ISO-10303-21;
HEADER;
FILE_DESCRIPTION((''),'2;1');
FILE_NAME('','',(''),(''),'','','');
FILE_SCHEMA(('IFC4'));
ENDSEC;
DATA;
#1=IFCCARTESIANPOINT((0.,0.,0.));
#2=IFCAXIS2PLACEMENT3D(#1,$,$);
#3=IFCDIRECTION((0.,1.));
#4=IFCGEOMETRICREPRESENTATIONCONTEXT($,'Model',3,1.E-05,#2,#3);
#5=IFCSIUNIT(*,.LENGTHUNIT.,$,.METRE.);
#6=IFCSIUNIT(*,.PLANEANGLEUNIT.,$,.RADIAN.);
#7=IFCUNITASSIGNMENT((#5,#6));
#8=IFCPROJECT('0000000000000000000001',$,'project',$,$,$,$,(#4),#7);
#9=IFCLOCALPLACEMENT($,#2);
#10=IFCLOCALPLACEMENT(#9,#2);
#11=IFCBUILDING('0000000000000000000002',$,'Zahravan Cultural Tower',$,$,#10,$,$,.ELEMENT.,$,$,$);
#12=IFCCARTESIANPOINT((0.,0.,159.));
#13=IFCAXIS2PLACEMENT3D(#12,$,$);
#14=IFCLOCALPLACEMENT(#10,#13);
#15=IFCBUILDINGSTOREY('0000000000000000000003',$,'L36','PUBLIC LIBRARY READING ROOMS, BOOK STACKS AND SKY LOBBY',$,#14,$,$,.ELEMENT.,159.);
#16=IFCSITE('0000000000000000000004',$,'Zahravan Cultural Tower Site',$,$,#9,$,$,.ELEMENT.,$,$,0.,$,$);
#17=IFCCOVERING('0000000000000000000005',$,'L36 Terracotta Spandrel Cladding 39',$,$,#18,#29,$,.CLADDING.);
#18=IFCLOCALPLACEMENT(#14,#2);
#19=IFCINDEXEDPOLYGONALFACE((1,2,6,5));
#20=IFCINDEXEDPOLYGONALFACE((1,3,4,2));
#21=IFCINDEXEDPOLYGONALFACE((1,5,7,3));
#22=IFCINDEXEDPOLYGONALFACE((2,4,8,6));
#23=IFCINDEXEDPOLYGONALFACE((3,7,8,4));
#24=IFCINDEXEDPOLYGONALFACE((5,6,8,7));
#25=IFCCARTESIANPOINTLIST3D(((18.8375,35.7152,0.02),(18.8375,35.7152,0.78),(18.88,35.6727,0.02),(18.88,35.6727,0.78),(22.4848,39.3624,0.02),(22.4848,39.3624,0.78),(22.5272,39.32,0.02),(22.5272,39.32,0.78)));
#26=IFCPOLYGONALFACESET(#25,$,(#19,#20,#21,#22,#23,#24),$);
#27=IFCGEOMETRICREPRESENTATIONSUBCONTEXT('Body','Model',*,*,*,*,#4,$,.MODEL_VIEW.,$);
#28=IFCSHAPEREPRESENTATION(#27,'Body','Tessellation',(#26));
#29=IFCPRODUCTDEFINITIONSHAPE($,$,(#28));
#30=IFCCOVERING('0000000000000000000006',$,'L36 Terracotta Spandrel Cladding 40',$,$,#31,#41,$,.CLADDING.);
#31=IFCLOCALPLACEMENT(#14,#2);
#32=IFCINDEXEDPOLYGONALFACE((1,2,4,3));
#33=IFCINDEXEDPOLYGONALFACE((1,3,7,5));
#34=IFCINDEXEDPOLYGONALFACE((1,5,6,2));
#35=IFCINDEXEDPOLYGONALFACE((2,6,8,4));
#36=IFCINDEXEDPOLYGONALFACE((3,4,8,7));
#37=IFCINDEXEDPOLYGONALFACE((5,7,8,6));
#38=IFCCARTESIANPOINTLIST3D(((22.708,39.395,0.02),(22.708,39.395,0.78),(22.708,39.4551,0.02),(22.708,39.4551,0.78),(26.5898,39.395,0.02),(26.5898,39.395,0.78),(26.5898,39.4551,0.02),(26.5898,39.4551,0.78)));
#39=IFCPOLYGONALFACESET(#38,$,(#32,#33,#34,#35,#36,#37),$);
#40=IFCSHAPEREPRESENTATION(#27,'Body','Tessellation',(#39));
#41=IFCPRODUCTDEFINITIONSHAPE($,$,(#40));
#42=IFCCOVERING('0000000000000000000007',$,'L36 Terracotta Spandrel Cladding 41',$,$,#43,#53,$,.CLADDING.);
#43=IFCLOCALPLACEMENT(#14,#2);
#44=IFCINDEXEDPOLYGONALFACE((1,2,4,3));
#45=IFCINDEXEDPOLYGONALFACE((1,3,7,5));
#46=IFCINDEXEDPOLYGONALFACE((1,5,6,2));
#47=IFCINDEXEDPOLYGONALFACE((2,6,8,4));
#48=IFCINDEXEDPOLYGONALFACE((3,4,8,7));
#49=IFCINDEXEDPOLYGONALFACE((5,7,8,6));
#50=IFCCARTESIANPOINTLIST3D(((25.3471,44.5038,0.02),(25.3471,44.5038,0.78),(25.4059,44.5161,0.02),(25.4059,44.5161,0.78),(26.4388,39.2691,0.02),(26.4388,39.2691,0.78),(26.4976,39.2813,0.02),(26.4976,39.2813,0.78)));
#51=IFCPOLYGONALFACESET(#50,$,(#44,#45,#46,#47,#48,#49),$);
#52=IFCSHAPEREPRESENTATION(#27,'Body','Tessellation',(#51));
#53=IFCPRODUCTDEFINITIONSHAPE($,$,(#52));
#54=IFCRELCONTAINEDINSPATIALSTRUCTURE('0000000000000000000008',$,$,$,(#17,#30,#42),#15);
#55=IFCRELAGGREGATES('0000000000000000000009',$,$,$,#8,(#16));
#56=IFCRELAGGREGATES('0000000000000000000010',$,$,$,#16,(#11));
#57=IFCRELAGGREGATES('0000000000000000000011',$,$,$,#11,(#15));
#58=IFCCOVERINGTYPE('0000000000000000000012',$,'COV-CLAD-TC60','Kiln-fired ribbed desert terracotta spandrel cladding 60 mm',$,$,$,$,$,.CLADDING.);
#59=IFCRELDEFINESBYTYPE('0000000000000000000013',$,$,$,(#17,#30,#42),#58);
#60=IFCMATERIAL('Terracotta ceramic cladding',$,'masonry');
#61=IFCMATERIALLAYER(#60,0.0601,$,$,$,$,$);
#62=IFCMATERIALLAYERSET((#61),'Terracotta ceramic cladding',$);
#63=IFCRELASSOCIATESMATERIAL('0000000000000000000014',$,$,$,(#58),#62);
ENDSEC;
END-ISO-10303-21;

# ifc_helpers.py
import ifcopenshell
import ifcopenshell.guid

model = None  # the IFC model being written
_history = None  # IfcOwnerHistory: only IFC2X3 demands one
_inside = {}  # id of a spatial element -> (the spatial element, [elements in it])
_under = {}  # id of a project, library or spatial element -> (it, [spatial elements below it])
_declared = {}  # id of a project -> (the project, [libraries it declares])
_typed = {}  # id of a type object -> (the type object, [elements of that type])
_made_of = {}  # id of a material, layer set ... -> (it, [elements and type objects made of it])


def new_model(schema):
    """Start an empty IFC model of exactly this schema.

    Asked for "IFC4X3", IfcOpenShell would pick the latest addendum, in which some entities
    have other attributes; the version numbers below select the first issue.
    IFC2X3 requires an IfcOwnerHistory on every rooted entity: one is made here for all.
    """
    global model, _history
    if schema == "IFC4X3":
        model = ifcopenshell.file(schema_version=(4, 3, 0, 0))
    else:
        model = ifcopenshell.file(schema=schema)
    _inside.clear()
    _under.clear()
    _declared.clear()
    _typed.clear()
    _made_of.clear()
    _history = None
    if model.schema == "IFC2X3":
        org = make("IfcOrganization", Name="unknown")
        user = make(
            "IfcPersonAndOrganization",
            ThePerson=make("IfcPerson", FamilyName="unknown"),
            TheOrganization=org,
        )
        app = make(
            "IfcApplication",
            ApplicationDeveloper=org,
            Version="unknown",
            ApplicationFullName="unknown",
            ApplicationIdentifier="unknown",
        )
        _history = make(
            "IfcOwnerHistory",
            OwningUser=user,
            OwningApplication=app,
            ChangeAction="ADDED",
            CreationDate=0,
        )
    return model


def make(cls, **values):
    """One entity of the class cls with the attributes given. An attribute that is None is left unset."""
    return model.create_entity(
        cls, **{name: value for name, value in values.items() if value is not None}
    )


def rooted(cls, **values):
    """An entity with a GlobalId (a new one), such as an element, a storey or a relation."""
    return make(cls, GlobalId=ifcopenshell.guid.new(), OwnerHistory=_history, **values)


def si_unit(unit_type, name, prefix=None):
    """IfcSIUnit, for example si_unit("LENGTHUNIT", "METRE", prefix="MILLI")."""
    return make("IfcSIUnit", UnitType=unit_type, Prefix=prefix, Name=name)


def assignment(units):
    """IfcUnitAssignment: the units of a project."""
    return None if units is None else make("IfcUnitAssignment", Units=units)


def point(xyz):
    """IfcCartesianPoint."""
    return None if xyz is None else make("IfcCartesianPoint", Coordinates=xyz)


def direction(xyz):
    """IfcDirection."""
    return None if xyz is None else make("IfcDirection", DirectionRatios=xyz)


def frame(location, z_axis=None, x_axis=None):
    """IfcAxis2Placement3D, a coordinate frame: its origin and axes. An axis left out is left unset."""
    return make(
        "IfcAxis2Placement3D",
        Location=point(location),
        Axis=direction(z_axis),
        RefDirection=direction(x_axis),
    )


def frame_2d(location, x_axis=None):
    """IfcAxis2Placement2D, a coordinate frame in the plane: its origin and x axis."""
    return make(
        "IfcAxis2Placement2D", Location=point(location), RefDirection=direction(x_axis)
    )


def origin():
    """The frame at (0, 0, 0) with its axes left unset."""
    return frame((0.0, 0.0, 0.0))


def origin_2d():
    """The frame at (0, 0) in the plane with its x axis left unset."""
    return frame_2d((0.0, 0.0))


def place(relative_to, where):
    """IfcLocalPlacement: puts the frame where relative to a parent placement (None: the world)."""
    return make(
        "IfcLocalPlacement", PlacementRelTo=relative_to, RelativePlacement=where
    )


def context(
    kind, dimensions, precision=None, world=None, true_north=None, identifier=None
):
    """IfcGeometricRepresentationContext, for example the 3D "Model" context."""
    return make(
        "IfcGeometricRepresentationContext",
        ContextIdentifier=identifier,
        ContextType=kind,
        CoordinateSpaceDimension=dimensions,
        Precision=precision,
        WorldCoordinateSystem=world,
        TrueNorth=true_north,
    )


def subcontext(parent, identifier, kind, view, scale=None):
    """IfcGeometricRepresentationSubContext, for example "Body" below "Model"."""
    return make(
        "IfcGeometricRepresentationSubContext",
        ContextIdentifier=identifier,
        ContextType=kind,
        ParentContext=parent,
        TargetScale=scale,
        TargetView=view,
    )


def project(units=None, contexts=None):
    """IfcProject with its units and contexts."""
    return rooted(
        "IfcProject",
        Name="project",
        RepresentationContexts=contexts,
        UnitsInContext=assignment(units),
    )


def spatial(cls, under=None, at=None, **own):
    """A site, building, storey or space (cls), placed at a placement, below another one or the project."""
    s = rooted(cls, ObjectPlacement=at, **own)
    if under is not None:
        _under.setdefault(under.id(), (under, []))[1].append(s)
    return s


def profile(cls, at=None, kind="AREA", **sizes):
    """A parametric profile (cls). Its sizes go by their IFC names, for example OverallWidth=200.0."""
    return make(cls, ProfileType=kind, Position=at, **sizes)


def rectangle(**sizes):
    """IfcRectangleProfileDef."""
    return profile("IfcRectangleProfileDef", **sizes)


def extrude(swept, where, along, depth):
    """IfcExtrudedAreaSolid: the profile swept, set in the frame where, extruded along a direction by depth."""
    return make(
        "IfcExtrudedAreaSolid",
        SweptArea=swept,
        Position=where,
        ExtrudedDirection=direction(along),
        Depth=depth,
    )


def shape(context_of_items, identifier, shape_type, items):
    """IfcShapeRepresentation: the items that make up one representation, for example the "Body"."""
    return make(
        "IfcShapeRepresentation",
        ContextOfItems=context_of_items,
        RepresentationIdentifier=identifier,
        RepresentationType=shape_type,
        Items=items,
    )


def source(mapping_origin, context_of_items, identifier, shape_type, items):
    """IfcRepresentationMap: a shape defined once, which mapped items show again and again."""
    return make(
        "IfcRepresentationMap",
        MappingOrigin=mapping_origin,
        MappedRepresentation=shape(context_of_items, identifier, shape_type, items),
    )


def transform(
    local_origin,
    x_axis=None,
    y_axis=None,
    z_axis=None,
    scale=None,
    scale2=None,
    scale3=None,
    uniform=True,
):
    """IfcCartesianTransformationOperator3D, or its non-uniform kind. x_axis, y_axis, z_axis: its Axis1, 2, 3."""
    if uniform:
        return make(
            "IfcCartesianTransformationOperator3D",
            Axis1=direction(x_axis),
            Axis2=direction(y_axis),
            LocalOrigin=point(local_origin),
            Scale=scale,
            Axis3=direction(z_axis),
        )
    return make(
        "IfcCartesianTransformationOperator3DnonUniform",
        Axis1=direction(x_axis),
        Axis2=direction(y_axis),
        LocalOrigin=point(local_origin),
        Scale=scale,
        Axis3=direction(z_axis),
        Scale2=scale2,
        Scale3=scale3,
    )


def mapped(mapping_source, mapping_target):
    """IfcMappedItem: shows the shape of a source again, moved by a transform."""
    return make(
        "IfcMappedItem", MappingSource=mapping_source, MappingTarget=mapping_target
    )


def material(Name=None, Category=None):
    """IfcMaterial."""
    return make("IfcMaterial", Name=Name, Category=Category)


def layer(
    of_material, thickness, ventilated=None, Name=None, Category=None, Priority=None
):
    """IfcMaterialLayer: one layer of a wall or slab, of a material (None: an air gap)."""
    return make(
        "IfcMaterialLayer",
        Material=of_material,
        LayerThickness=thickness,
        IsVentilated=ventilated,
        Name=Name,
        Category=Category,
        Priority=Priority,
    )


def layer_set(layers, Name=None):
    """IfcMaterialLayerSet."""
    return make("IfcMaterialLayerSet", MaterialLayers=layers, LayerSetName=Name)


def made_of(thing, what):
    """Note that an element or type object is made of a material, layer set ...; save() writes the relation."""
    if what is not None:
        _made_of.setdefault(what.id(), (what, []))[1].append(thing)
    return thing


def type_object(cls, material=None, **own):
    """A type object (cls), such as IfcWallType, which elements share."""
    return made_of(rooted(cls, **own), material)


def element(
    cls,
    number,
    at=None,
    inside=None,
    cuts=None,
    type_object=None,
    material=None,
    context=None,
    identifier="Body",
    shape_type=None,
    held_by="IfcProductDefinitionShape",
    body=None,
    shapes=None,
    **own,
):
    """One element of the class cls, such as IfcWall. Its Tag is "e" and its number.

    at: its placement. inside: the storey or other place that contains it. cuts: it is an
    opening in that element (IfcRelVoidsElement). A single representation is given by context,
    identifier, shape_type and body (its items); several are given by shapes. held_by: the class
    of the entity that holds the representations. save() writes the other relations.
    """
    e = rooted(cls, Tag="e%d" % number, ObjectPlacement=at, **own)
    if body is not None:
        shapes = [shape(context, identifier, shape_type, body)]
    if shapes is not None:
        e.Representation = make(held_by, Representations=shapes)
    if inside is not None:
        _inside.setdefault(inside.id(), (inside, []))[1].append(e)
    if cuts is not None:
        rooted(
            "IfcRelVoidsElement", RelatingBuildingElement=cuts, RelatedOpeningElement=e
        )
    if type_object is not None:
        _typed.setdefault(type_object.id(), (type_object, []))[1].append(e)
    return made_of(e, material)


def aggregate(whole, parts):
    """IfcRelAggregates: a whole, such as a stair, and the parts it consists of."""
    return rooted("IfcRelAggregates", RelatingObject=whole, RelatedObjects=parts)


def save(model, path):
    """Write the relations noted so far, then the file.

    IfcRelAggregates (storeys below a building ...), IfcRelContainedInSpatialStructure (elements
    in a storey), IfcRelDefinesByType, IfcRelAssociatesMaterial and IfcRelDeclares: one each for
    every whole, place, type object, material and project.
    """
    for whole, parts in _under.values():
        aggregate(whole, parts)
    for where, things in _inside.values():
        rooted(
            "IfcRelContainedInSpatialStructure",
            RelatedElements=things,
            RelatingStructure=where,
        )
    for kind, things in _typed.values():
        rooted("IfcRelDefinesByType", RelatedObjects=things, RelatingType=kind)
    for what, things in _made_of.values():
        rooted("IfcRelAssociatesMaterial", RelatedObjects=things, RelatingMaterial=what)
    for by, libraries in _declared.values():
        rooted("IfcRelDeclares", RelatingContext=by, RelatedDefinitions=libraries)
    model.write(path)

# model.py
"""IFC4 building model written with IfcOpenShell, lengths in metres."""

from ifc_helpers import new_model, si_unit, direction, frame, origin, origin_2d, place, context, subcontext, project, spatial, rectangle, extrude, source, transform, mapped, material, layer, layer_set, type_object, element, save


model = new_model("IFC4")

# Units and contexts
model_context = context("Model", 3, precision=1e-05, world=origin(), true_north=direction((0.0, 1.0)))
body_context = subcontext(model_context, "Body", "Model", "MODEL_VIEW")
ifc_project = project(units=[si_unit("LENGTHUNIT", "METRE"), si_unit("PLANEANGLEUNIT", "RADIAN")], contexts=[model_context])

# Site, building, storey
site_placement = place(None, origin())
site = spatial("IfcSite", under=ifc_project, at=site_placement, Name="Zahravan Cultural Tower Site", CompositionType="ELEMENT", RefElevation=0.0)
building_placement = place(site_placement, origin())
building = spatial("IfcBuilding", under=site, at=building_placement, Name="Zahravan Cultural Tower", CompositionType="ELEMENT")
storey_placement = place(building_placement, frame((0.0, 0.0, 159.0)))
storey = spatial("IfcBuildingStorey", under=building, at=storey_placement, Name="L36", Description="PUBLIC LIBRARY READING ROOMS, BOOK STACKS AND SKY LOBBY", CompositionType="ELEMENT", Elevation=159.0)

# Coverings
ifc_material_1 = material(Name="Terracotta ceramic cladding", Category="masonry")
ifc_layer_1 = layer(ifc_material_1, 0.0601)
ifc_layer_set_1 = layer_set([ifc_layer_1], Name="Terracotta ceramic cladding")
covering_type = type_object("IfcCoveringType", Name="COV-CLAD-TC60", Description="Kiln-fired ribbed desert terracotta spandrel cladding 60 mm", PredefinedType="CLADDING", material=ifc_layer_set_1)
shared_shape_1 = source(origin(), body_context, "Body", "SweptSolid", [
    extrude(rectangle(XDim=5.158, YDim=0.0601, at=origin_2d()), origin(), (0.0, 0.0, 1.0), 0.76),
])
covering_1_placement = place(storey_placement, frame((20.6824, 37.5176, 0.02), z_axis=(0.0, 0.0, 1.0), x_axis=(0.707107, 0.707107, 0.0)))
element("IfcCovering", 1, at=covering_1_placement, inside=storey, type_object=covering_type, Name="L36 Terracotta Spandrel Cladding 39", PredefinedType="CLADDING", context=body_context, shape_type="MappedRepresentation", body=[
    mapped(shared_shape_1, transform((0.0, 0.0, 0.0), x_axis=(1.0, 0.0, 0.0), y_axis=(0.0, 1.0, 0.0), z_axis=(0.0, 0.0, 1.0), scale=1.0)),
])
shared_shape_2 = source(origin(), body_context, "Body", "SweptSolid", [
    extrude(rectangle(XDim=3.8818, YDim=0.0601, at=origin_2d()), origin(), (0.0, 0.0, 1.0), 0.76),
])
covering_2_placement = place(storey_placement, frame((24.6489, 39.425, 0.02), z_axis=(0.0, 0.0, 1.0), x_axis=(1.0, 0.0, 0.0)))
element("IfcCovering", 2, at=covering_2_placement, inside=storey, type_object=covering_type, Name="L36 Terracotta Spandrel Cladding 40", PredefinedType="CLADDING", context=body_context, shape_type="MappedRepresentation", body=[
    mapped(shared_shape_2, transform((0.0, 0.0, 0.0), x_axis=(1.0, 0.0, 0.0), y_axis=(0.0, 1.0, 0.0), z_axis=(0.0, 0.0, 1.0), scale=1.0)),
])
shared_shape_3 = source(origin(), body_context, "Body", "SweptSolid", [
    extrude(rectangle(XDim=5.3474, YDim=0.0601, at=origin_2d()), origin(), (0.0, 0.0, 1.0), 0.76),
])
covering_3_placement = place(storey_placement, frame((25.9224, 41.8926, 0.02), z_axis=(0.0, 0.0, 1.0), x_axis=(-0.204154, 0.978939, 0.0)))
element("IfcCovering", 3, at=covering_3_placement, inside=storey, type_object=covering_type, Name="L36 Terracotta Spandrel Cladding 41", PredefinedType="CLADDING", context=body_context, shape_type="MappedRepresentation", body=[
    mapped(shared_shape_3, transform((0.0, 0.0, 0.0), x_axis=(1.0, 0.0, 0.0), y_axis=(0.0, 1.0, 0.0), z_axis=(0.0, 0.0, 1.0), scale=1.0)),
])

save(model, "model.ifc")
